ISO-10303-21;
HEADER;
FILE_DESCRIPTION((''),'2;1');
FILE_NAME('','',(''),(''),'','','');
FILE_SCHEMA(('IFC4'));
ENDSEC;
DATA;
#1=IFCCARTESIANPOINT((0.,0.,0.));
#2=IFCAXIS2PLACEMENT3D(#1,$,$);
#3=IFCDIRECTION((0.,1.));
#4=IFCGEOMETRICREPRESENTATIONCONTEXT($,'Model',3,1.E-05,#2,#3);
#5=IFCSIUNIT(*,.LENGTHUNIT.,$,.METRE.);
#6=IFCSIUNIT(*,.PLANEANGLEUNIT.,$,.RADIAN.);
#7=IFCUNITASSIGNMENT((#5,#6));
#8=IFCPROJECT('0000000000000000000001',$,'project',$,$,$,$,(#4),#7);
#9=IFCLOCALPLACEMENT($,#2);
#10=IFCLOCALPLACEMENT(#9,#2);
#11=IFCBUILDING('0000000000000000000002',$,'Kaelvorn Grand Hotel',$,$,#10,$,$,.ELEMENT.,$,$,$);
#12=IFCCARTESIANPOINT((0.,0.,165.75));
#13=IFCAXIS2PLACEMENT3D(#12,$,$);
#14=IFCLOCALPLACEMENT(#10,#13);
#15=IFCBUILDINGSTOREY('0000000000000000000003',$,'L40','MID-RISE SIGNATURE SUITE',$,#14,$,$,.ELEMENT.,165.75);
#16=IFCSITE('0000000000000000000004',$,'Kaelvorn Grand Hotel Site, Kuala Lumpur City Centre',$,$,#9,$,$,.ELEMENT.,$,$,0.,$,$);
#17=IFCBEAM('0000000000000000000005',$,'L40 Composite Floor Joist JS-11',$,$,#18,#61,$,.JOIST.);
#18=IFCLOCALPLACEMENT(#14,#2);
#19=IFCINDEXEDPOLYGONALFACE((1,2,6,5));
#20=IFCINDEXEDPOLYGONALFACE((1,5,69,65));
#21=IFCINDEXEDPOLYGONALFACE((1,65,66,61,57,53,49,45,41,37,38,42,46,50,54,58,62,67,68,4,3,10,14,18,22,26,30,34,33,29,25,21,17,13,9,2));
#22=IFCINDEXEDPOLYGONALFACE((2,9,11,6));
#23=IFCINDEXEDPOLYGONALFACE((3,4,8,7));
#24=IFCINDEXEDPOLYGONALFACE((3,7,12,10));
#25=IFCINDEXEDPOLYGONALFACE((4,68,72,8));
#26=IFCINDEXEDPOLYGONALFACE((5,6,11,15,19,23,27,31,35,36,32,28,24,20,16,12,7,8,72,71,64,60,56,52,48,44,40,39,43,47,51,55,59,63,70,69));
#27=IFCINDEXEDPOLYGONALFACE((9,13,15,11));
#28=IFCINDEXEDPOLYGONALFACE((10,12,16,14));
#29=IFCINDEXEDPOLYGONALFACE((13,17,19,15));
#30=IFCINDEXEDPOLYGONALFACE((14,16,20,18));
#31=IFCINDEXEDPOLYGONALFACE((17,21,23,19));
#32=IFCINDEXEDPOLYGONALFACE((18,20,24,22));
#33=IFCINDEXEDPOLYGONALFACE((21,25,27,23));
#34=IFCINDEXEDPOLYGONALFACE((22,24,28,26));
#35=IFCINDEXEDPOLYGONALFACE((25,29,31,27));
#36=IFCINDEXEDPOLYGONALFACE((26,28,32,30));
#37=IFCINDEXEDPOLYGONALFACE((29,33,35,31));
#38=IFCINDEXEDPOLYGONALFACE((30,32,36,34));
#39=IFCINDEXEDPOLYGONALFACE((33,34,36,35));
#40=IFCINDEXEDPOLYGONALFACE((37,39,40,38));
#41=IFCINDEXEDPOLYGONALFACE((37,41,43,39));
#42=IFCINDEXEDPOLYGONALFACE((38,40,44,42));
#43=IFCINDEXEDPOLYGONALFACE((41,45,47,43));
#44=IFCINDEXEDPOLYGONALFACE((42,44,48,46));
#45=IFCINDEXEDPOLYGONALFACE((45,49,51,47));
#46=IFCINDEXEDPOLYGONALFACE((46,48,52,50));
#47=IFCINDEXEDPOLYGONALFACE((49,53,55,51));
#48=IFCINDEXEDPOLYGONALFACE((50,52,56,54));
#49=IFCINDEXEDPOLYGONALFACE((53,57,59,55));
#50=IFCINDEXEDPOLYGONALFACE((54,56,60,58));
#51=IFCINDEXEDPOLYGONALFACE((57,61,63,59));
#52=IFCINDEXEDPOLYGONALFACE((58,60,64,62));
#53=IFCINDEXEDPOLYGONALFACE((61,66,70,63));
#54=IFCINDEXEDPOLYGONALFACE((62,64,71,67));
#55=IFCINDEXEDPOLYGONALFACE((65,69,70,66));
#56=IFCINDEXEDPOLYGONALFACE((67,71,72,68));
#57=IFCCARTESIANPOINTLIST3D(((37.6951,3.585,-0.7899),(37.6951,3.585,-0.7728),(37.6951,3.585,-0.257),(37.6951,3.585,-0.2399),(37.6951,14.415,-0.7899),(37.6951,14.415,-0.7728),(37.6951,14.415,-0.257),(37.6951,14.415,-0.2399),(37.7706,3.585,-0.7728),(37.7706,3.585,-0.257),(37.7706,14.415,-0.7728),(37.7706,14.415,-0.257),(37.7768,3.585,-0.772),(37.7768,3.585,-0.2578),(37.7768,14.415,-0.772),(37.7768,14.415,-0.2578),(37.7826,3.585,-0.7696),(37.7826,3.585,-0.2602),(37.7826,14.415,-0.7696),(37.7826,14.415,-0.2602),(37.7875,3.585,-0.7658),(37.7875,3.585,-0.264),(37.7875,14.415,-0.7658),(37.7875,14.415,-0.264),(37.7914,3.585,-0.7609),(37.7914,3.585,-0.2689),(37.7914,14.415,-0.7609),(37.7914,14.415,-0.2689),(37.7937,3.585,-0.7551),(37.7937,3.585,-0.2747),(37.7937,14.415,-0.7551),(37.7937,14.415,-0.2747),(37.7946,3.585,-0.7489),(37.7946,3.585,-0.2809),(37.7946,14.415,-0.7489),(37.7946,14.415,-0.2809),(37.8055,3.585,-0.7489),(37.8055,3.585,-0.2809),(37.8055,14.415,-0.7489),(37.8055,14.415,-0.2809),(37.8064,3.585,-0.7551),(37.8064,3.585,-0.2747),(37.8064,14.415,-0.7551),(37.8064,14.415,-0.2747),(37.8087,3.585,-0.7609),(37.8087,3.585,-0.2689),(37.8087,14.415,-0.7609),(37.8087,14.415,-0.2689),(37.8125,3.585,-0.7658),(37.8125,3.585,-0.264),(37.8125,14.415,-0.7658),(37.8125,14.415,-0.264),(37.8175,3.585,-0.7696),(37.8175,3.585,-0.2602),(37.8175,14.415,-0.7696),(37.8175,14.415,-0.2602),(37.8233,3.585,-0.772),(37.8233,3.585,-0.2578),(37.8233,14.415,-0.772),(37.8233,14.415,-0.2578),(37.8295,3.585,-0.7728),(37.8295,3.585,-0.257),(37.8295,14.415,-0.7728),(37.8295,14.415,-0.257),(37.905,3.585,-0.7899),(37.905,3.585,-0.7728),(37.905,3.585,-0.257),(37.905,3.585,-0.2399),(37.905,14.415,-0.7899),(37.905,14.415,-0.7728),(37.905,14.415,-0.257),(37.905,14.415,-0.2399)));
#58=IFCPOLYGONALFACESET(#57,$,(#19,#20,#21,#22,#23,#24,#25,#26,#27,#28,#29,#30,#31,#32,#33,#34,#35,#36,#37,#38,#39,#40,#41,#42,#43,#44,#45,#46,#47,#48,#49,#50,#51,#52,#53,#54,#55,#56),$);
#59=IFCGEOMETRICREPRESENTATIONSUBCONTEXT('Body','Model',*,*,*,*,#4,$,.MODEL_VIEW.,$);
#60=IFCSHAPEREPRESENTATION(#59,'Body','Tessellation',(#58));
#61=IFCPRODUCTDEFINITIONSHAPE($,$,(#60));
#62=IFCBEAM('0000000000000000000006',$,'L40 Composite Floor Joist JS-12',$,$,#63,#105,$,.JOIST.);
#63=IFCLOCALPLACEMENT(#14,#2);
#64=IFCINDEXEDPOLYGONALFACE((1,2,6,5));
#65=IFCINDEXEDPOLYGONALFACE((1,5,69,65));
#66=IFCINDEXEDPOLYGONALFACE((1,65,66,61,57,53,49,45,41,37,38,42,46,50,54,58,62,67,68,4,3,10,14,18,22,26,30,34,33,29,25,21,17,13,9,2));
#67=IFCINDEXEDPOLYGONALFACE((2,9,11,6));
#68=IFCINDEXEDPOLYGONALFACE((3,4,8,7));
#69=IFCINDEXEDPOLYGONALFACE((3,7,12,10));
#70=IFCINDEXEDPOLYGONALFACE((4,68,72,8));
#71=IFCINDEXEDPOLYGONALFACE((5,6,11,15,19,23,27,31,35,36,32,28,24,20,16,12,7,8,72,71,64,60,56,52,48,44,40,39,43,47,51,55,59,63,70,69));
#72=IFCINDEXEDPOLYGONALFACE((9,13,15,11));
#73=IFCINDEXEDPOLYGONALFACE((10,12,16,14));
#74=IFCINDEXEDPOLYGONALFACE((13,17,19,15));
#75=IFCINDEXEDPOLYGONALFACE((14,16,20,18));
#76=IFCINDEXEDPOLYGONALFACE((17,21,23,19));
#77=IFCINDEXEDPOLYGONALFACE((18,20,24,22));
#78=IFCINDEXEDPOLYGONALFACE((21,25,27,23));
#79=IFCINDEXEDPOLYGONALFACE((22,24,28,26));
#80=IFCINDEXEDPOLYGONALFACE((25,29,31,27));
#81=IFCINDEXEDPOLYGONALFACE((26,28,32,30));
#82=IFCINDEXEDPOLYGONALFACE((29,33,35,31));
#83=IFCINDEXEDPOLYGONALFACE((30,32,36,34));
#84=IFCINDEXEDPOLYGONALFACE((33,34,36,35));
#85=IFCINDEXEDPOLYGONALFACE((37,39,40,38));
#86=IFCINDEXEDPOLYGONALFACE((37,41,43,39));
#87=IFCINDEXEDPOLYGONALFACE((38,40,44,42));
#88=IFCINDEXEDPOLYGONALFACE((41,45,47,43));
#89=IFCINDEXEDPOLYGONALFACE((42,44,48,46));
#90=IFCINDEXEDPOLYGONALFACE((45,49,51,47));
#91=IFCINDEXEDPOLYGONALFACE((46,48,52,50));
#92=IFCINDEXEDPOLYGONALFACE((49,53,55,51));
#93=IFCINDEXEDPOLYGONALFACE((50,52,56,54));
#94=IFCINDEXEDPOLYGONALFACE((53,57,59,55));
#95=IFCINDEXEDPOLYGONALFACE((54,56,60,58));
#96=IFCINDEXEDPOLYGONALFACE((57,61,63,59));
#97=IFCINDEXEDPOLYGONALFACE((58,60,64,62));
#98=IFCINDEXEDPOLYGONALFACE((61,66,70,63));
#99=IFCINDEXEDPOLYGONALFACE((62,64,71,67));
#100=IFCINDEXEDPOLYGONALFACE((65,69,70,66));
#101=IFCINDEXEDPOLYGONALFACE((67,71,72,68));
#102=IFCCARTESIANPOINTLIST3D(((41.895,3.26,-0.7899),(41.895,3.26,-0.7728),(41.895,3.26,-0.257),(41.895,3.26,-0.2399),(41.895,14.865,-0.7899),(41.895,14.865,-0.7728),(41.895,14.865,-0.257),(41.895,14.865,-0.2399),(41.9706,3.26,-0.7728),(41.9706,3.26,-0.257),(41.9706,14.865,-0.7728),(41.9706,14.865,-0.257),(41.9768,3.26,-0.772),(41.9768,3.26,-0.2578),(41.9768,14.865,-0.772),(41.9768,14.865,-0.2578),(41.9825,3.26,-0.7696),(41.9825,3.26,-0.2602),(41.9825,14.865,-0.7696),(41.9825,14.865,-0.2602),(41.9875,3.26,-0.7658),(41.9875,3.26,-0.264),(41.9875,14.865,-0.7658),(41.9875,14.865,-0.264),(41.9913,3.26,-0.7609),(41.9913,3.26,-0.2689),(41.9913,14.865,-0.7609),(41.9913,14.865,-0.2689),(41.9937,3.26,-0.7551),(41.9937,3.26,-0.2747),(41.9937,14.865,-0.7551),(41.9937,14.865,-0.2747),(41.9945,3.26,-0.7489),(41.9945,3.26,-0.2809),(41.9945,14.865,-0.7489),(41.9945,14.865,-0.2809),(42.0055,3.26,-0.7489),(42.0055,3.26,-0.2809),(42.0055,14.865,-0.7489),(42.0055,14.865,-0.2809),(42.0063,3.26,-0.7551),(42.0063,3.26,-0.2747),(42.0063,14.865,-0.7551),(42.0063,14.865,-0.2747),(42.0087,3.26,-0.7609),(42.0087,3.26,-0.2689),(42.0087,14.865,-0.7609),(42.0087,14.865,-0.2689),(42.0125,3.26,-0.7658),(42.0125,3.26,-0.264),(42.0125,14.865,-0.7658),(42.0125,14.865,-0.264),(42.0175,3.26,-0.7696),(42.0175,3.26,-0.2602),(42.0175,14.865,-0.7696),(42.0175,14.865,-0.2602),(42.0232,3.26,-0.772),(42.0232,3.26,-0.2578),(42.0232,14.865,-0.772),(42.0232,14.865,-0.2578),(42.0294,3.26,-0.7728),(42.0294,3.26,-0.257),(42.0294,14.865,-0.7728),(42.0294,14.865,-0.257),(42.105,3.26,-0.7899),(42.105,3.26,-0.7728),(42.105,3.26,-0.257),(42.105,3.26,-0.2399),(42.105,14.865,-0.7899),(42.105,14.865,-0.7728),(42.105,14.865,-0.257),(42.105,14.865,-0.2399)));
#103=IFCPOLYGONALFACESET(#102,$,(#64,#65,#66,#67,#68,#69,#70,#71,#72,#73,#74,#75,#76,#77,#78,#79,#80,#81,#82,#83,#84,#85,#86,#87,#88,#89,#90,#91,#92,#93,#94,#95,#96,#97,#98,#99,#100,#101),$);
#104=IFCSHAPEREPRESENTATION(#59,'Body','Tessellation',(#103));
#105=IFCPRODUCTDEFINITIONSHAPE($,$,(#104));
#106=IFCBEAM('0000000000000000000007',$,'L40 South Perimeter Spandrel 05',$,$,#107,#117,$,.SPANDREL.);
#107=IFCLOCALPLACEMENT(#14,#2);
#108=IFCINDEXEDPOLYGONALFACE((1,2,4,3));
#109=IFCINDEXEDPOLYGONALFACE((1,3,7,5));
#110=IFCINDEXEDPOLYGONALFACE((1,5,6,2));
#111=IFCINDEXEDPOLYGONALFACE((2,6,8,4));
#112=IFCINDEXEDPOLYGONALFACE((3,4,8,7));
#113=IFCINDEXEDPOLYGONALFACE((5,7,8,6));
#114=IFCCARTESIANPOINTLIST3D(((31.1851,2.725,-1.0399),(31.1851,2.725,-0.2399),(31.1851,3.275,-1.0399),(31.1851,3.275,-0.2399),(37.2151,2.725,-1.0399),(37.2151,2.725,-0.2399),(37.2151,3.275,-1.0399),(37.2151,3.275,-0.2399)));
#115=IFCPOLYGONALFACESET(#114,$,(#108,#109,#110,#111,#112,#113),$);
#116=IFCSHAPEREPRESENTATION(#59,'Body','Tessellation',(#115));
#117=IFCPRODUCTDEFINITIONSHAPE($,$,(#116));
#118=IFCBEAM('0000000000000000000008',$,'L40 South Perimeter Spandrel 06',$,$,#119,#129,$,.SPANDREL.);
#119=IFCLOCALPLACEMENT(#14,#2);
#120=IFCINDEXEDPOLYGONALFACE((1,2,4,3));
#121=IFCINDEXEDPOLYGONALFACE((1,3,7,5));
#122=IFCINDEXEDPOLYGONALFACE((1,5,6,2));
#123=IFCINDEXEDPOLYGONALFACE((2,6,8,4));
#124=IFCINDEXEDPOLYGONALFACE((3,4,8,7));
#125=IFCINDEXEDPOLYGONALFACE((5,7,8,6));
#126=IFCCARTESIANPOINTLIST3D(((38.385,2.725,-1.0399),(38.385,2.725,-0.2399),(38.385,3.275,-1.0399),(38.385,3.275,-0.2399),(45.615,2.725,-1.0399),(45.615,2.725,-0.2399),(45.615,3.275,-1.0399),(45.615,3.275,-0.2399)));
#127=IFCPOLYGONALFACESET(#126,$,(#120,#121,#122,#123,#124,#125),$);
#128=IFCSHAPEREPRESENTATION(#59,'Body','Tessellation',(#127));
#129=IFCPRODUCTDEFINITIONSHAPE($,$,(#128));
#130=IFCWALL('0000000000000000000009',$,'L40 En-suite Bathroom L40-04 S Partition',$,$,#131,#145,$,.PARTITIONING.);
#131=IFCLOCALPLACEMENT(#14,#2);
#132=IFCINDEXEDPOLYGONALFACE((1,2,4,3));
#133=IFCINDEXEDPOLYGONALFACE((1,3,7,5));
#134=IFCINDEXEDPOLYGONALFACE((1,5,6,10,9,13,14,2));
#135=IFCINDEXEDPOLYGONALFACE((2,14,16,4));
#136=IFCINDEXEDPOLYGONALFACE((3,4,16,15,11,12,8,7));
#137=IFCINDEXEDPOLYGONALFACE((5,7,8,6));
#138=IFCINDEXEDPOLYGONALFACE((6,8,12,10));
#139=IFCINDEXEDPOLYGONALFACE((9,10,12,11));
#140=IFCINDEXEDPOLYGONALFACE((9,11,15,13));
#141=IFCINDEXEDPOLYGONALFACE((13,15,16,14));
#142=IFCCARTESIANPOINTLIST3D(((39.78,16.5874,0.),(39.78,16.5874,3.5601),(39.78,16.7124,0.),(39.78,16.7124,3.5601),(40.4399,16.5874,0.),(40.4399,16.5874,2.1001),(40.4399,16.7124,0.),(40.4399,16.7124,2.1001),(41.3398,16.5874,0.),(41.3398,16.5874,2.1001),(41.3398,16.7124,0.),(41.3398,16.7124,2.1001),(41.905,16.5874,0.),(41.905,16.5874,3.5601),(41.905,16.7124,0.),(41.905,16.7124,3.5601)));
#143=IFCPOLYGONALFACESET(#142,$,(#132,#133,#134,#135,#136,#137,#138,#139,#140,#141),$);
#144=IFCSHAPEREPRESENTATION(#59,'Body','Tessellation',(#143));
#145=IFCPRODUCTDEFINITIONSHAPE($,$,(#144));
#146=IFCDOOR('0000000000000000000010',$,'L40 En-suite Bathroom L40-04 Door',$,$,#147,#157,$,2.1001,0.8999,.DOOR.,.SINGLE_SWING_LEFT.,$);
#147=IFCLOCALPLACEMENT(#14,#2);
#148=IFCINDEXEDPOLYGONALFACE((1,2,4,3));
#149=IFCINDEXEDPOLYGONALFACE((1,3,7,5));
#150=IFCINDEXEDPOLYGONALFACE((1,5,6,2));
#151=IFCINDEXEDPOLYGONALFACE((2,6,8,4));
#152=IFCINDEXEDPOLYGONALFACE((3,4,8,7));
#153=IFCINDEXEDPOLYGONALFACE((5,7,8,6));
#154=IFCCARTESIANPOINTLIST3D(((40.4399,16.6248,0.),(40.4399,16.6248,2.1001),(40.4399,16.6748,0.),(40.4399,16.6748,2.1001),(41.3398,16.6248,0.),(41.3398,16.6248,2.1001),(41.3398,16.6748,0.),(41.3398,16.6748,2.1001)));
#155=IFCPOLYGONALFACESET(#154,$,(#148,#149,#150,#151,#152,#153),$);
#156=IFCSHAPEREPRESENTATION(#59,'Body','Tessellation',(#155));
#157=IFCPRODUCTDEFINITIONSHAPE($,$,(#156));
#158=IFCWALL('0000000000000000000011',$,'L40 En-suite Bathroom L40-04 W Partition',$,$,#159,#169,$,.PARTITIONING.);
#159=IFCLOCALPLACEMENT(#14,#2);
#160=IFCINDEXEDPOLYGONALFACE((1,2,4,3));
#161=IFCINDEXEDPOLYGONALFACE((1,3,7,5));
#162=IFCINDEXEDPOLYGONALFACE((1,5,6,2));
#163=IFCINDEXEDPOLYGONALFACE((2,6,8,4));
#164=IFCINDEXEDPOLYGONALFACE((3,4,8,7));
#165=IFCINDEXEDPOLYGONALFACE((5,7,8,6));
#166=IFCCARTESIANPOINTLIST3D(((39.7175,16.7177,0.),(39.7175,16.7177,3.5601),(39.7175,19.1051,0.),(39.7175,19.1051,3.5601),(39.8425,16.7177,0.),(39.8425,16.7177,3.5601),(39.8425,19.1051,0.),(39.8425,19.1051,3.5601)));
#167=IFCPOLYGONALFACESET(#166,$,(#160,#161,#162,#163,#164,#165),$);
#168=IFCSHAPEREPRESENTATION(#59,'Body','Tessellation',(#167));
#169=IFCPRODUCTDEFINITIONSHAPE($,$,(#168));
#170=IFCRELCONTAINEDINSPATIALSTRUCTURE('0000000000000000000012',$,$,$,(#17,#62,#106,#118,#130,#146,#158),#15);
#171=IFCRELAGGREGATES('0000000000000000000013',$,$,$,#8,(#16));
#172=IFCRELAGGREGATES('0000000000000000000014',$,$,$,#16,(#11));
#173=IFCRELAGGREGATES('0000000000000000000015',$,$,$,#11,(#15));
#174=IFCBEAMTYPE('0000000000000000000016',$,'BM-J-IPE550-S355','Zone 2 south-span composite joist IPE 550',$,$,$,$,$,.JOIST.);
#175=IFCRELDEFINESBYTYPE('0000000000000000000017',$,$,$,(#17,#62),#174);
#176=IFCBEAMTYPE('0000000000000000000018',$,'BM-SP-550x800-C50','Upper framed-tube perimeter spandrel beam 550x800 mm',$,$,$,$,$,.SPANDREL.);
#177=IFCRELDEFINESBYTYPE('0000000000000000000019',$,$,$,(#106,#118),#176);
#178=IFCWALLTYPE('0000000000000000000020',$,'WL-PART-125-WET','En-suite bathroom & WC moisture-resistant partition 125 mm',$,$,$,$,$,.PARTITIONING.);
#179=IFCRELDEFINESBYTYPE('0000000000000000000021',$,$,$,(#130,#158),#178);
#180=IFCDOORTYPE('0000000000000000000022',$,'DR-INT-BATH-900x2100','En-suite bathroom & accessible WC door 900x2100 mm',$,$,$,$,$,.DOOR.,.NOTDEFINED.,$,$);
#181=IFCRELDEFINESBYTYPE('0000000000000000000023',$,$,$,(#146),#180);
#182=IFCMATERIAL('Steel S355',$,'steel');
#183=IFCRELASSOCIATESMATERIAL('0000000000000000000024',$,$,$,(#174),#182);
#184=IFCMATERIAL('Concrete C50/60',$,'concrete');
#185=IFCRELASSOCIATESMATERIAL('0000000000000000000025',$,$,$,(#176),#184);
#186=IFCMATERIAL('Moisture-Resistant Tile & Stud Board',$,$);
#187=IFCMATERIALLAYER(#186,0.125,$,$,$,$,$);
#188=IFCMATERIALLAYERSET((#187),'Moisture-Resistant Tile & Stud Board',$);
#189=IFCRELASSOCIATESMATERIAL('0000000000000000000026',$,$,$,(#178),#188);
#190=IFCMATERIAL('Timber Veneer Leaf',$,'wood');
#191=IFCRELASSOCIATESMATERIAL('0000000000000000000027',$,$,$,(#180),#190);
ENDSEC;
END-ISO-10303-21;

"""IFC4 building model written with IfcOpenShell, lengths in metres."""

from ifc_helpers import new_model, si_unit, direction, frame, frame_2d, origin, origin_2d, place, context, subcontext, project, spatial, rectangle, i_section, extrude, material, layer, layer_set, material_profile, profile_set, type_object, element, fill, save


model = new_model("IFC4")

# Units and contexts
model_context = context("Model", 3, precision=1e-05, world=origin(), true_north=direction((0.0, 1.0)))
body_context = subcontext(model_context, "Body", "Model", "MODEL_VIEW")
ifc_project = project(units=[si_unit("LENGTHUNIT", "METRE"), si_unit("PLANEANGLEUNIT", "RADIAN")], contexts=[model_context])

# Site, building, storey
site_placement = place(None, origin())
site = spatial("IfcSite", under=ifc_project, at=site_placement, Name="Kaelvorn Grand Hotel Site, Kuala Lumpur City Centre", CompositionType="ELEMENT", RefElevation=0.0)
building_placement = place(site_placement, origin())
building = spatial("IfcBuilding", under=site, at=building_placement, Name="Kaelvorn Grand Hotel", CompositionType="ELEMENT")
storey_placement = place(building_placement, frame((0.0, 0.0, 165.75)))
storey = spatial("IfcBuildingStorey", under=building, at=storey_placement, Name="L40", Description="MID-RISE SIGNATURE SUITE", CompositionType="ELEMENT", Elevation=165.75)

# Beams
ifc_material_1 = material(Name="Steel S355", Category="steel")
ifc_material_profile_1 = material_profile(ifc_material_1, i_section(OverallWidth=0.21, OverallDepth=0.55, WebThickness=0.011, FlangeThickness=0.0171, FilletRadius=0.0239, at=origin_2d()), Name="IPE 550")
ifc_profile_set_1 = profile_set([ifc_material_profile_1], Name="Steel S355")
beam_type_1 = type_object("IfcBeamType", Name="BM-J-IPE550-S355", Description="Zone 2 south-span composite joist IPE 550", PredefinedType="JOIST", material=ifc_profile_set_1)
beam_1_placement = place(storey_placement, frame((37.8, 3.585, -0.5149), z_axis=(0.0, 1.0, 0.0), x_axis=(-1.0, 0.0, 0.0)))
element("IfcBeam", 1, at=beam_1_placement, inside=storey, type_object=beam_type_1, Name="L40 Composite Floor Joist JS-11", PredefinedType="JOIST", context=body_context, shape_type="SweptSolid", body=[
    extrude(i_section(OverallWidth=0.21, OverallDepth=0.55, WebThickness=0.011, FlangeThickness=0.0171, FilletRadius=0.0239, at=origin_2d()), origin(), (0.0, 0.0, 1.0), 10.8301),
])
beam_2_placement = place(storey_placement, frame((42.0, 3.26, -0.5149), z_axis=(0.0, 1.0, 0.0), x_axis=(-1.0, 0.0, 0.0)))
element("IfcBeam", 2, at=beam_2_placement, inside=storey, type_object=beam_type_1, Name="L40 Composite Floor Joist JS-12", PredefinedType="JOIST", context=body_context, shape_type="SweptSolid", body=[
    extrude(i_section(OverallWidth=0.21, OverallDepth=0.55, WebThickness=0.011, FlangeThickness=0.0171, FilletRadius=0.0239, at=origin_2d()), origin(), (0.0, 0.0, 1.0), 11.605),
])
ifc_material_2 = material(Name="Concrete C50/60", Category="concrete")
ifc_material_profile_2 = material_profile(ifc_material_2, rectangle(XDim=0.55, YDim=0.8, at=origin_2d()), Name="RC SPANDREL 550x800")
ifc_profile_set_2 = profile_set([ifc_material_profile_2], Name="Concrete C50/60")
beam_type_2 = type_object("IfcBeamType", Name="BM-SP-550x800-C50", Description="Upper framed-tube perimeter spandrel beam 550x800 mm", PredefinedType="SPANDREL", material=ifc_profile_set_2)
beam_3_placement = place(storey_placement, frame((31.1851, 3.0, -0.6399), z_axis=(1.0, 0.0, 0.0), x_axis=(0.0, 1.0, 0.0)))
element("IfcBeam", 3, at=beam_3_placement, inside=storey, type_object=beam_type_2, Name="L40 South Perimeter Spandrel 05", PredefinedType="SPANDREL", context=body_context, shape_type="SweptSolid", body=[
    extrude(rectangle(XDim=0.55, YDim=0.8, at=origin_2d()), origin(), (0.0, 0.0, 1.0), 6.03),
])
beam_4_placement = place(storey_placement, frame((38.385, 3.0, -0.6399), z_axis=(1.0, 0.0, 0.0), x_axis=(0.0, 1.0, 0.0)))
element("IfcBeam", 4, at=beam_4_placement, inside=storey, type_object=beam_type_2, Name="L40 South Perimeter Spandrel 06", PredefinedType="SPANDREL", context=body_context, shape_type="SweptSolid", body=[
    extrude(rectangle(XDim=0.55, YDim=0.8, at=origin_2d()), origin(), (0.0, 0.0, 1.0), 7.23),
])

# Wall, opening, door
ifc_material_3 = material(Name="Moisture-Resistant Tile & Stud Board")
ifc_layer_1 = layer(ifc_material_3, 0.125)
ifc_layer_set_1 = layer_set([ifc_layer_1], Name="Moisture-Resistant Tile & Stud Board")
wall_type_1 = type_object("IfcWallType", Name="WL-PART-125-WET", Description="En-suite bathroom & WC moisture-resistant partition 125 mm", PredefinedType="PARTITIONING", material=ifc_layer_set_1)
wall_1_placement = place(storey_placement, frame((39.78, 16.6499, 0.0), z_axis=(0.0, 0.0, 1.0), x_axis=(1.0, 0.0, 0.0)))
wall_1 = element("IfcWall", 5, at=wall_1_placement, inside=storey, type_object=wall_type_1, Name="L40 En-suite Bathroom L40-04 S Partition", PredefinedType="PARTITIONING", context=body_context, shape_type="SweptSolid", body=[
    extrude(rectangle(XDim=2.125, YDim=0.125, at=frame_2d((1.0625, 0.0))), origin(), (0.0, 0.0, 1.0), 3.5601),
])
opening_1_placement = place(wall_1_placement, frame((0.6599, 0.0, 0.0)))
opening_1 = element("IfcOpeningElement", 6, at=opening_1_placement, cuts=wall_1, PredefinedType="OPENING", context=body_context, shape_type="SweptSolid", body=[
    extrude(rectangle(XDim=0.8999, YDim=2.1001, at=frame_2d((0.45, 1.05))), frame((0.0, 0.0725, 0.0), z_axis=(0.0, -1.0, 0.0), x_axis=(1.0, 0.0, 0.0)), (0.0, 0.0, 1.0), 0.145),
])
ifc_material_4 = material(Name="Timber Veneer Leaf", Category="wood")
door_type_1 = type_object("IfcDoorType", Name="DR-INT-BATH-900x2100", Description="En-suite bathroom & accessible WC door 900x2100 mm", OperationType="NOTDEFINED", PredefinedType="DOOR", material=ifc_material_4)
door_1_placement = place(opening_1_placement, origin())
door_1 = element("IfcDoor", 7, at=door_1_placement, inside=storey, type_object=door_type_1, Name="L40 En-suite Bathroom L40-04 Door", OperationType="SINGLE_SWING_LEFT", OverallHeight=2.1001, OverallWidth=0.8999, PredefinedType="DOOR", context=body_context, shape_type="SweptSolid", body=[
    extrude(rectangle(XDim=0.8999, YDim=2.1001, at=frame_2d((0.45, 1.05))), frame((0.0, 0.0249, 0.0), z_axis=(0.0, -1.0, 0.0), x_axis=(1.0, 0.0, 0.0)), (0.0, 0.0, 1.0), 0.05),
])
fill(opening_1, door_1)

# Wall
wall_2_placement = place(storey_placement, frame((39.78, 16.7175, 0.0), z_axis=(0.0, 0.0, 1.0), x_axis=(0.0, 1.0, 0.0)))
element("IfcWall", 8, at=wall_2_placement, inside=storey, type_object=wall_type_1, Name="L40 En-suite Bathroom L40-04 W Partition", PredefinedType="PARTITIONING", context=body_context, shape_type="SweptSolid", body=[
    extrude(rectangle(XDim=2.3875, YDim=0.125, at=frame_2d((1.1938, 0.0))), origin(), (0.0, 0.0, 1.0), 3.5601),
])

save(model, "model.ifc")
